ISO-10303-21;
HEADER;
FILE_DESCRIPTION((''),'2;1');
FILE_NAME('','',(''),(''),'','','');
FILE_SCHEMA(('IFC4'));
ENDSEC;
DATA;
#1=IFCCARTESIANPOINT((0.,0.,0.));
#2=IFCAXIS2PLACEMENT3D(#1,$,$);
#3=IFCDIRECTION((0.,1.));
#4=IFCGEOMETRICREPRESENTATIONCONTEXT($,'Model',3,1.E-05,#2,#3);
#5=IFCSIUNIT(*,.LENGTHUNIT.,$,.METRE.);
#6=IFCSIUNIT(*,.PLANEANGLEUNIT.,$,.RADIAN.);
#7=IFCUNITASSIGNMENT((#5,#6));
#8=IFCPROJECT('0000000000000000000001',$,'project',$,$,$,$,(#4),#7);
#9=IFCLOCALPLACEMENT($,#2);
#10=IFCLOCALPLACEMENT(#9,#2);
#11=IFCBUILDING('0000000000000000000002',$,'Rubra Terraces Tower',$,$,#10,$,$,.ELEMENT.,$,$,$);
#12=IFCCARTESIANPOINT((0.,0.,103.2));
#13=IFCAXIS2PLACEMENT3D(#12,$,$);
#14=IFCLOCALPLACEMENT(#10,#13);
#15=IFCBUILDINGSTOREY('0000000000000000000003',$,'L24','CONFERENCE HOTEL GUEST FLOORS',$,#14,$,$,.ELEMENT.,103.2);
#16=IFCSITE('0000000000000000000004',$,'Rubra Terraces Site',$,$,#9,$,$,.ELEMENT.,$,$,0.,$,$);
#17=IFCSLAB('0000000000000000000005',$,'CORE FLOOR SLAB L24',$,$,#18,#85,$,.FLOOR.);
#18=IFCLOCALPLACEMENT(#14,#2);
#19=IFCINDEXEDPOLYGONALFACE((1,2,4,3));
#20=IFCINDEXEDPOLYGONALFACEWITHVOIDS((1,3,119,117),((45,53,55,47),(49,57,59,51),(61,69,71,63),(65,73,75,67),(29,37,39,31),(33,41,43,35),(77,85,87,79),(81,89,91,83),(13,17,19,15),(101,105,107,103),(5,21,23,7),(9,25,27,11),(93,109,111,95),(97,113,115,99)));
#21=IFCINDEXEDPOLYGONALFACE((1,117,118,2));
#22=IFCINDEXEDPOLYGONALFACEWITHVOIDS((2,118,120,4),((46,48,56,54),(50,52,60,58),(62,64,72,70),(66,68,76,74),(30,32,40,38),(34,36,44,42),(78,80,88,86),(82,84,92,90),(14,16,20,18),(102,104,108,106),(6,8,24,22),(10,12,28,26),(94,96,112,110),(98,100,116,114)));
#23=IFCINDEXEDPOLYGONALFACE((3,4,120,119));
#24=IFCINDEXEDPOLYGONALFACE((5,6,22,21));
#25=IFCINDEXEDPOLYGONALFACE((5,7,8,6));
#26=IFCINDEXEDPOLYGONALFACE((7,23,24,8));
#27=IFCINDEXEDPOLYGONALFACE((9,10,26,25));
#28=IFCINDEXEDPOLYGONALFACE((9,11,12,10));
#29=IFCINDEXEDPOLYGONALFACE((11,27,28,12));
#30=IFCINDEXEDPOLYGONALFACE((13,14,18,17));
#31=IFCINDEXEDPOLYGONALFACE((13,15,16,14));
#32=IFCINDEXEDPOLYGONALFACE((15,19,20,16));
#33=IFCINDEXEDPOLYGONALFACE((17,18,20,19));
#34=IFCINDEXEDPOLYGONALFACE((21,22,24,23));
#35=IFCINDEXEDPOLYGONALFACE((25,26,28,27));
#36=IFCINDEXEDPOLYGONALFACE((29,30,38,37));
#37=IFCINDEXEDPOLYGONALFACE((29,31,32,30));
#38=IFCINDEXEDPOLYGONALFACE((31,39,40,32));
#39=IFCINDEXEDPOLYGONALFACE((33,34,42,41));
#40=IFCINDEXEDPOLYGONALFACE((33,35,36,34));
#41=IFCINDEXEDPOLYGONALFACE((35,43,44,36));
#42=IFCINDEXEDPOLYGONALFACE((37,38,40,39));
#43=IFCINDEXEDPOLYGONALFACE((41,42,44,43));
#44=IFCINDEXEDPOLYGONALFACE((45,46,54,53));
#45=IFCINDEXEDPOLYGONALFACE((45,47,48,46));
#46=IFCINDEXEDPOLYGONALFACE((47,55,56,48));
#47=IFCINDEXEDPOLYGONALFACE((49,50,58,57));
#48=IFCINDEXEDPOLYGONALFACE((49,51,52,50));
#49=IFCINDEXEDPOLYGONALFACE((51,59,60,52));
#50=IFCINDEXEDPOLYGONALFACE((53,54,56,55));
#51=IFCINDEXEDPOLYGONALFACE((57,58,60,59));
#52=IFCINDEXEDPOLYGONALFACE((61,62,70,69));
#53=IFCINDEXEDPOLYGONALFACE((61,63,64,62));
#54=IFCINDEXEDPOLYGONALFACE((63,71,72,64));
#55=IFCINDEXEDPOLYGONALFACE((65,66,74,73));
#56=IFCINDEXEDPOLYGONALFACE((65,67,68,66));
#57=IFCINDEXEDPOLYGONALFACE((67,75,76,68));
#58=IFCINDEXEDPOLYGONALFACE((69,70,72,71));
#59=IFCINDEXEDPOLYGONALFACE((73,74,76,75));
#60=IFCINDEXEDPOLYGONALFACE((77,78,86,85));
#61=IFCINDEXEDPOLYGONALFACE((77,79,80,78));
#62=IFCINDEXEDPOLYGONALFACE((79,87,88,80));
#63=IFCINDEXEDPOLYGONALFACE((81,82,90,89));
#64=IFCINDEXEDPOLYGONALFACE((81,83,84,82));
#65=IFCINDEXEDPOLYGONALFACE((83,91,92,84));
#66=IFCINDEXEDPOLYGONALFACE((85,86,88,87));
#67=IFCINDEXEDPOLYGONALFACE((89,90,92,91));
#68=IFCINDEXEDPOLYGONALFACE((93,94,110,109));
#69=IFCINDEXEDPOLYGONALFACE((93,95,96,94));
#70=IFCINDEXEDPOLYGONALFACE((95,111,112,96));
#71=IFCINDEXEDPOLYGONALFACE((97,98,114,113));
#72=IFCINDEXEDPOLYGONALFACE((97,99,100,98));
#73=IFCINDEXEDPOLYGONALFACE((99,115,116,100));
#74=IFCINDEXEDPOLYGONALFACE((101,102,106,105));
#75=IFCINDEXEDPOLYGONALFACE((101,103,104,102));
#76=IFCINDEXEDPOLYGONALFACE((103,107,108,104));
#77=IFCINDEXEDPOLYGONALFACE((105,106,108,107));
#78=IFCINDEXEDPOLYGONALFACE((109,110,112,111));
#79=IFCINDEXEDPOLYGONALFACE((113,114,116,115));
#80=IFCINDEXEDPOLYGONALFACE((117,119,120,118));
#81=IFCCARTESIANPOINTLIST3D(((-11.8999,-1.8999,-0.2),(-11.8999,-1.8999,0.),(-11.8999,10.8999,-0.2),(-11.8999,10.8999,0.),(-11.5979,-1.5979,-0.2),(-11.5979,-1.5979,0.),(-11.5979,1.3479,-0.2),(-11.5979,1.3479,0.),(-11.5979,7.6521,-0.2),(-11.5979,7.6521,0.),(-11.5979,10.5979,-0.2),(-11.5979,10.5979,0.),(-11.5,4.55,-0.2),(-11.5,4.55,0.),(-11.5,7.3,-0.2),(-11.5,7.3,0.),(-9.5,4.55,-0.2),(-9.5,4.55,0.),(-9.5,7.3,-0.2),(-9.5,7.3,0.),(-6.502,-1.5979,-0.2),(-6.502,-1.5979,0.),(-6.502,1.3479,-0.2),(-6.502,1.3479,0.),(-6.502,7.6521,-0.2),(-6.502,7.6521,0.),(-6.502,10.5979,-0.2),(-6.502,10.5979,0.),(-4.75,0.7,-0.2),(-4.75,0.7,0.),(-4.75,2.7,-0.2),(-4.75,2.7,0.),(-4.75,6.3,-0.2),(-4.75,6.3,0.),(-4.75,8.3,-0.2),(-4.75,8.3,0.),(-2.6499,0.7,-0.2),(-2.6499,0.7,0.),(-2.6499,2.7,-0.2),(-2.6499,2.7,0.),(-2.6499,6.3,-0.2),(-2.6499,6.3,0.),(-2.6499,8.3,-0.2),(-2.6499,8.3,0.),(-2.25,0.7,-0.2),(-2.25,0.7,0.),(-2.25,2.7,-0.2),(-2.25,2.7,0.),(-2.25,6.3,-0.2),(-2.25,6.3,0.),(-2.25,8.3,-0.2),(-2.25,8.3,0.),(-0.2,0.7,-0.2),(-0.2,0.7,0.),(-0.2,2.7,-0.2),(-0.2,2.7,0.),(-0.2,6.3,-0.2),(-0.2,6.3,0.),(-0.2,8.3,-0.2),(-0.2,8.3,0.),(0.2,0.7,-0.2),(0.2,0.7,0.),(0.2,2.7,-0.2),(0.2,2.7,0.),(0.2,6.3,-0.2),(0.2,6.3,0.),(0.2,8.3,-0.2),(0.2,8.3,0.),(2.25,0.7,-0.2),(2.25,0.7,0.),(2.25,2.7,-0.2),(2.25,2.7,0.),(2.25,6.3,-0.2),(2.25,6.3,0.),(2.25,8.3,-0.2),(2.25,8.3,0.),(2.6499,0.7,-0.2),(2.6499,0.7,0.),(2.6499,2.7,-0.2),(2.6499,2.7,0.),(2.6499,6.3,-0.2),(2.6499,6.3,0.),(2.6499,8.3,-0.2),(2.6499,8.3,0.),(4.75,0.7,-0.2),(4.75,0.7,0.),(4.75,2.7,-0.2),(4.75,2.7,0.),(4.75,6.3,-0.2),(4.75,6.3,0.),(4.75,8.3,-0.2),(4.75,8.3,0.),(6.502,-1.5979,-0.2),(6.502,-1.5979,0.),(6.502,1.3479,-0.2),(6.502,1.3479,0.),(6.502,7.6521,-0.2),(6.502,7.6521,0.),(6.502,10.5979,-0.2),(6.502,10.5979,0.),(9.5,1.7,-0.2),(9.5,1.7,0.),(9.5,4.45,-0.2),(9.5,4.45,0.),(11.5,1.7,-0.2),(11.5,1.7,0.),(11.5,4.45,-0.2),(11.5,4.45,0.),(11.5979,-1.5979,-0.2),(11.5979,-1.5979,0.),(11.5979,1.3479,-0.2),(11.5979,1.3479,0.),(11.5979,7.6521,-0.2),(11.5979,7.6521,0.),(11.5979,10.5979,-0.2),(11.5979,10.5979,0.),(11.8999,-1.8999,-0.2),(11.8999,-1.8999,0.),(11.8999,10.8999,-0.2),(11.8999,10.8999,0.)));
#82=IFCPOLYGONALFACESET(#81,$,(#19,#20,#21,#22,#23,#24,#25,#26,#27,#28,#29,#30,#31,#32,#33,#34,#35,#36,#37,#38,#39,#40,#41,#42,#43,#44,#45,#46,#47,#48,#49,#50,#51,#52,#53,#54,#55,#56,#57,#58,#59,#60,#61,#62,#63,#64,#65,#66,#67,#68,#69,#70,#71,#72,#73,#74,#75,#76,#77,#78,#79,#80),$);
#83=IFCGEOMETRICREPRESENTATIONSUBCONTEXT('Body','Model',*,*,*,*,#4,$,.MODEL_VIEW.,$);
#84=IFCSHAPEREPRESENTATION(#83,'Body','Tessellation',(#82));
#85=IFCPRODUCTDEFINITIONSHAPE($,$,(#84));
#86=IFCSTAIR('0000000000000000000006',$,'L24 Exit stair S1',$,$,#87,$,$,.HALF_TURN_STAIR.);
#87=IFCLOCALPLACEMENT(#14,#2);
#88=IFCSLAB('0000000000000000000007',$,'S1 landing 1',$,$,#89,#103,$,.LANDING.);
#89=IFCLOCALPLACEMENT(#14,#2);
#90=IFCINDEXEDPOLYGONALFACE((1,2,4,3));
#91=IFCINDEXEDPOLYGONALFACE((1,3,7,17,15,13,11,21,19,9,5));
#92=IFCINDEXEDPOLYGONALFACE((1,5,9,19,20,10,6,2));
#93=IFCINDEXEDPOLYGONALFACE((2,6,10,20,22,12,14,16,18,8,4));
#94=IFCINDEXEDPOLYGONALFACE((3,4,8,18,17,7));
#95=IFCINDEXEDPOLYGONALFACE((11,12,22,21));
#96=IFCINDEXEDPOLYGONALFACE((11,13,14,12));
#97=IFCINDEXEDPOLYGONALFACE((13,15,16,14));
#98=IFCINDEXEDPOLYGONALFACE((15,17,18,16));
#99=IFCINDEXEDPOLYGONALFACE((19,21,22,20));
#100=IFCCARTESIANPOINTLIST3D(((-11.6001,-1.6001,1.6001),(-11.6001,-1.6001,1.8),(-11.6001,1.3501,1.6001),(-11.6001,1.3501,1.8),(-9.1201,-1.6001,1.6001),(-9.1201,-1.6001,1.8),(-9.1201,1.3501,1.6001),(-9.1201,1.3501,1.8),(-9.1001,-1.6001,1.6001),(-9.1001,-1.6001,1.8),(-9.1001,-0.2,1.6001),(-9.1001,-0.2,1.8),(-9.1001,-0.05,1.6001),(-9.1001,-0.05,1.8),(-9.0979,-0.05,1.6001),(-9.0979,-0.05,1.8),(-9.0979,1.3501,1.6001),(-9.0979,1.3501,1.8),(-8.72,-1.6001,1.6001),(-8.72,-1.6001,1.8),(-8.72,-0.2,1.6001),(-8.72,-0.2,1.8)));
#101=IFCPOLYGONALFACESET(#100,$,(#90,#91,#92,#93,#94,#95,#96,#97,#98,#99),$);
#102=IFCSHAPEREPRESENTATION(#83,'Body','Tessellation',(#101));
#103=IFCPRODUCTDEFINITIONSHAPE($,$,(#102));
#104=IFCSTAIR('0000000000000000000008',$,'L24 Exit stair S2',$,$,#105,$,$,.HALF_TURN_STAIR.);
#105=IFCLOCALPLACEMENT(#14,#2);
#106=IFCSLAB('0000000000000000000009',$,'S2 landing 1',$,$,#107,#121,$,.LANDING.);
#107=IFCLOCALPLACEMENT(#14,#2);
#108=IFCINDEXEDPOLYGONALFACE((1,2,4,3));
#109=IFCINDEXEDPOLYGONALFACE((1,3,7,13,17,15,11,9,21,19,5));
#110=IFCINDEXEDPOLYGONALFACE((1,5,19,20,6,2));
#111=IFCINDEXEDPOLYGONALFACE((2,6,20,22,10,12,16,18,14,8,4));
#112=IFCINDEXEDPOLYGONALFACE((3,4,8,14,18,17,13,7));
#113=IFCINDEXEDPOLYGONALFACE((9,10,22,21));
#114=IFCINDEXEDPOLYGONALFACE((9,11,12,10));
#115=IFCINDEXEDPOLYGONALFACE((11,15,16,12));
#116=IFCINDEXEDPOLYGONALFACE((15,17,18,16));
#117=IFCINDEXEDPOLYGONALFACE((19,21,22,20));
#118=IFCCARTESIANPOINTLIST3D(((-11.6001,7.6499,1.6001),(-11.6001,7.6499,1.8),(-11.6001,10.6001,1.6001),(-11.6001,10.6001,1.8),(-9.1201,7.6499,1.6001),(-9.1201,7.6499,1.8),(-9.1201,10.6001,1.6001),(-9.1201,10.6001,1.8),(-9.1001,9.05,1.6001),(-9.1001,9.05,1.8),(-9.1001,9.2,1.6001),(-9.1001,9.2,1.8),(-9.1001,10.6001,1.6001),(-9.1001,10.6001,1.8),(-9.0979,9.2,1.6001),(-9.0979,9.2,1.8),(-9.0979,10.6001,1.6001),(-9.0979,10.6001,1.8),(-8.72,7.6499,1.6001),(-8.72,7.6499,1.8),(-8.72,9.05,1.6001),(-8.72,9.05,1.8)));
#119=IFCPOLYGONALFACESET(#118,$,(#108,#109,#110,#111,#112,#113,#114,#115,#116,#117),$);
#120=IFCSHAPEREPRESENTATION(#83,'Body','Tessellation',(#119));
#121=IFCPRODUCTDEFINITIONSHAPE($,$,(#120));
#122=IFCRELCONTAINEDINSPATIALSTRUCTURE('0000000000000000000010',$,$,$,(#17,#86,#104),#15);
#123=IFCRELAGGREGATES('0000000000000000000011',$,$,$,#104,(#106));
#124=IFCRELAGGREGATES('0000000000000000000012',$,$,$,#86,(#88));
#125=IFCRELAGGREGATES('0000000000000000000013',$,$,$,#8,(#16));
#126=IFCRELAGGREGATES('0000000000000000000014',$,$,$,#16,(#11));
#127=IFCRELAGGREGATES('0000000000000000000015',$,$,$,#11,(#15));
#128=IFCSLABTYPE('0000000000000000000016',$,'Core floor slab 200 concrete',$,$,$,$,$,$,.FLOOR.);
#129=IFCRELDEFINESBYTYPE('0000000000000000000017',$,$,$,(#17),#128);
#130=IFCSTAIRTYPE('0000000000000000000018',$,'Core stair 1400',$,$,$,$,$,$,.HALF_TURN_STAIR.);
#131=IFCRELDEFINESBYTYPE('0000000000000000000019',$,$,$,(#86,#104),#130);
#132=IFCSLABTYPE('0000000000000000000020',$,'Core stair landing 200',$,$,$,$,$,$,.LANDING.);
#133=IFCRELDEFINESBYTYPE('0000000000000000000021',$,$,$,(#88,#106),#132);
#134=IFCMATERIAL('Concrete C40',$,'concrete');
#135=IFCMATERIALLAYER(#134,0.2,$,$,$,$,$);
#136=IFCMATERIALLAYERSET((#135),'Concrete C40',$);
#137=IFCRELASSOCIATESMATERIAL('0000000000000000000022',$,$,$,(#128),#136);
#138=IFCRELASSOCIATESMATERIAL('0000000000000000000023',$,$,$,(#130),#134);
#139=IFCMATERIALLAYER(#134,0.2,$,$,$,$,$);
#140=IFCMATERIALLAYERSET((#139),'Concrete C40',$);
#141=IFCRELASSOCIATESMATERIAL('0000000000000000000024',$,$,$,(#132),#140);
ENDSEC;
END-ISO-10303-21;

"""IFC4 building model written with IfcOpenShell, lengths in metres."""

from ifc_helpers import new_model, si_unit, direction, frame, origin, place, context, subcontext, project, spatial, polyline, outline, extrude, material, layer, layer_set, type_object, element, aggregate, save


model = new_model("IFC4")

# Units and contexts
model_context = context("Model", 3, precision=1e-05, world=origin(), true_north=direction((0.0, 1.0)))
body_context = subcontext(model_context, "Body", "Model", "MODEL_VIEW")
ifc_project = project(units=[si_unit("LENGTHUNIT", "METRE"), si_unit("PLANEANGLEUNIT", "RADIAN")], contexts=[model_context])

# Site, building, storey
site_placement = place(None, origin())
site = spatial("IfcSite", under=ifc_project, at=site_placement, Name="Rubra Terraces Site", CompositionType="ELEMENT", RefElevation=0.0)
building_placement = place(site_placement, origin())
building = spatial("IfcBuilding", under=site, at=building_placement, Name="Rubra Terraces Tower", CompositionType="ELEMENT")
storey_placement = place(building_placement, frame((0.0, 0.0, 103.2)))
storey = spatial("IfcBuildingStorey", under=building, at=storey_placement, Name="L24", Description="CONFERENCE HOTEL GUEST FLOORS", CompositionType="ELEMENT", Elevation=103.2)

# Slab
ifc_material_1 = material(Name="Concrete C40", Category="concrete")
ifc_layer_1 = layer(ifc_material_1, 0.2)
ifc_layer_set_1 = layer_set([ifc_layer_1], Name="Concrete C40")
slab_type_1 = type_object("IfcSlabType", Name="Core floor slab 200 concrete", PredefinedType="FLOOR", material=ifc_layer_set_1)
slab_1_placement = place(storey_placement, frame((0.0, 0.0, -0.2)))
element("IfcSlab", 1, at=slab_1_placement, inside=storey, type_object=slab_type_1, Name="CORE FLOOR SLAB L24", PredefinedType="FLOOR", context=body_context, shape_type="SweptSolid", body=[
    extrude(outline(polyline([(-11.8999, -1.8999), (-11.8999, 10.8999), (11.8999, 10.8999), (11.8999, -1.8999), (-11.8999, -1.8999)]), holes=[polyline([(11.5979, 1.3479), (6.502, 1.3479), (6.502, -1.5979), (11.5979, -1.5979), (11.5979, 1.3479)]), polyline([(11.5979, 7.6521), (11.5979, 10.5979), (6.502, 10.5979), (6.502, 7.6521), (11.5979, 7.6521)]), polyline([(9.5, 1.7), (11.5, 1.7), (11.5, 4.45), (9.5, 4.45), (9.5, 1.7)]), polyline([(4.75, 0.7), (4.75, 2.7), (2.6499, 2.7), (2.6499, 0.7), (4.75, 0.7)]), polyline([(4.75, 6.3), (4.75, 8.3), (2.6499, 8.3), (2.6499, 6.3), (4.75, 6.3)]), polyline([(2.25, 0.7), (2.25, 2.7), (0.2, 2.7), (0.2, 0.7), (2.25, 0.7)]), polyline([(2.25, 6.3), (2.25, 8.3), (0.2, 8.3), (0.2, 6.3), (2.25, 6.3)]), polyline([(-0.2, 0.7), (-0.2, 2.7), (-2.25, 2.7), (-2.25, 0.7), (-0.2, 0.7)]), polyline([(-0.2, 6.3), (-0.2, 8.3), (-2.25, 8.3), (-2.25, 6.3), (-0.2, 6.3)]), polyline([(-2.6499, 0.7), (-2.6499, 2.7), (-4.75, 2.7), (-4.75, 0.7), (-2.6499, 0.7)]), polyline([(-2.6499, 8.3), (-4.75, 8.3), (-4.75, 6.3), (-2.6499, 6.3), (-2.6499, 8.3)]), polyline([(-11.5979, -1.5979), (-6.502, -1.5979), (-6.502, 1.3479), (-11.5979, 1.3479), (-11.5979, -1.5979)]), polyline([(-11.5979, 10.5979), (-11.5979, 7.6521), (-6.502, 7.6521), (-6.502, 10.5979), (-11.5979, 10.5979)]), polyline([(-9.5, 4.55), (-9.5, 7.3), (-11.5, 7.3), (-11.5, 4.55), (-9.5, 4.55)])]), origin(), (0.0, 0.0, 1.0), 0.2),
])

# Stairs, slabs
stair_type = type_object("IfcStairType", Name="Core stair 1400", PredefinedType="HALF_TURN_STAIR", material=ifc_material_1)
stair_1_placement = place(storey_placement, origin())
stair_1 = element("IfcStair", 2, at=stair_1_placement, inside=storey, type_object=stair_type, Name="L24 Exit stair S1", PredefinedType="HALF_TURN_STAIR")
ifc_layer_2 = layer(ifc_material_1, 0.2)
ifc_layer_set_2 = layer_set([ifc_layer_2], Name="Concrete C40")
slab_type_2 = type_object("IfcSlabType", Name="Core stair landing 200", PredefinedType="LANDING", material=ifc_layer_set_2)
slab_2_placement = place(storey_placement, frame((0.0, 0.0, 1.6001)))
slab_2 = element("IfcSlab", 3, at=slab_2_placement, type_object=slab_type_2, Name="S1 landing 1", PredefinedType="LANDING", context=body_context, shape_type="SweptSolid", body=[
    extrude(outline(polyline([(-8.72, -0.2), (-8.72, -1.6001), (-9.1001, -1.6001), (-9.1201, -1.6001), (-11.6001, -1.6001), (-11.6001, 1.3501), (-9.1201, 1.3501), (-9.0979, 1.3501), (-9.0979, -0.05), (-9.1001, -0.05), (-9.1001, -0.2), (-8.72, -0.2)])), origin(), (0.0, 0.0, 1.0), 0.2),
])
stair_2_placement = place(storey_placement, origin())
stair_2 = element("IfcStair", 4, at=stair_2_placement, inside=storey, type_object=stair_type, Name="L24 Exit stair S2", PredefinedType="HALF_TURN_STAIR")
slab_3_placement = place(storey_placement, frame((0.0, 0.0, 1.6001)))
slab_3 = element("IfcSlab", 5, at=slab_3_placement, type_object=slab_type_2, Name="S2 landing 1", PredefinedType="LANDING", context=body_context, shape_type="SweptSolid", body=[
    extrude(outline(polyline([(-8.72, 9.05), (-8.72, 7.6499), (-9.1201, 7.6499), (-11.6001, 7.6499), (-11.6001, 10.6001), (-9.1201, 10.6001), (-9.1001, 10.6001), (-9.0979, 10.6001), (-9.0979, 9.2), (-9.1001, 9.2), (-9.1001, 9.05), (-8.72, 9.05)])), origin(), (0.0, 0.0, 1.0), 0.2),
])
aggregate(stair_2, [slab_3])

aggregate(stair_1, [slab_2])

save(model, "model.ifc")
